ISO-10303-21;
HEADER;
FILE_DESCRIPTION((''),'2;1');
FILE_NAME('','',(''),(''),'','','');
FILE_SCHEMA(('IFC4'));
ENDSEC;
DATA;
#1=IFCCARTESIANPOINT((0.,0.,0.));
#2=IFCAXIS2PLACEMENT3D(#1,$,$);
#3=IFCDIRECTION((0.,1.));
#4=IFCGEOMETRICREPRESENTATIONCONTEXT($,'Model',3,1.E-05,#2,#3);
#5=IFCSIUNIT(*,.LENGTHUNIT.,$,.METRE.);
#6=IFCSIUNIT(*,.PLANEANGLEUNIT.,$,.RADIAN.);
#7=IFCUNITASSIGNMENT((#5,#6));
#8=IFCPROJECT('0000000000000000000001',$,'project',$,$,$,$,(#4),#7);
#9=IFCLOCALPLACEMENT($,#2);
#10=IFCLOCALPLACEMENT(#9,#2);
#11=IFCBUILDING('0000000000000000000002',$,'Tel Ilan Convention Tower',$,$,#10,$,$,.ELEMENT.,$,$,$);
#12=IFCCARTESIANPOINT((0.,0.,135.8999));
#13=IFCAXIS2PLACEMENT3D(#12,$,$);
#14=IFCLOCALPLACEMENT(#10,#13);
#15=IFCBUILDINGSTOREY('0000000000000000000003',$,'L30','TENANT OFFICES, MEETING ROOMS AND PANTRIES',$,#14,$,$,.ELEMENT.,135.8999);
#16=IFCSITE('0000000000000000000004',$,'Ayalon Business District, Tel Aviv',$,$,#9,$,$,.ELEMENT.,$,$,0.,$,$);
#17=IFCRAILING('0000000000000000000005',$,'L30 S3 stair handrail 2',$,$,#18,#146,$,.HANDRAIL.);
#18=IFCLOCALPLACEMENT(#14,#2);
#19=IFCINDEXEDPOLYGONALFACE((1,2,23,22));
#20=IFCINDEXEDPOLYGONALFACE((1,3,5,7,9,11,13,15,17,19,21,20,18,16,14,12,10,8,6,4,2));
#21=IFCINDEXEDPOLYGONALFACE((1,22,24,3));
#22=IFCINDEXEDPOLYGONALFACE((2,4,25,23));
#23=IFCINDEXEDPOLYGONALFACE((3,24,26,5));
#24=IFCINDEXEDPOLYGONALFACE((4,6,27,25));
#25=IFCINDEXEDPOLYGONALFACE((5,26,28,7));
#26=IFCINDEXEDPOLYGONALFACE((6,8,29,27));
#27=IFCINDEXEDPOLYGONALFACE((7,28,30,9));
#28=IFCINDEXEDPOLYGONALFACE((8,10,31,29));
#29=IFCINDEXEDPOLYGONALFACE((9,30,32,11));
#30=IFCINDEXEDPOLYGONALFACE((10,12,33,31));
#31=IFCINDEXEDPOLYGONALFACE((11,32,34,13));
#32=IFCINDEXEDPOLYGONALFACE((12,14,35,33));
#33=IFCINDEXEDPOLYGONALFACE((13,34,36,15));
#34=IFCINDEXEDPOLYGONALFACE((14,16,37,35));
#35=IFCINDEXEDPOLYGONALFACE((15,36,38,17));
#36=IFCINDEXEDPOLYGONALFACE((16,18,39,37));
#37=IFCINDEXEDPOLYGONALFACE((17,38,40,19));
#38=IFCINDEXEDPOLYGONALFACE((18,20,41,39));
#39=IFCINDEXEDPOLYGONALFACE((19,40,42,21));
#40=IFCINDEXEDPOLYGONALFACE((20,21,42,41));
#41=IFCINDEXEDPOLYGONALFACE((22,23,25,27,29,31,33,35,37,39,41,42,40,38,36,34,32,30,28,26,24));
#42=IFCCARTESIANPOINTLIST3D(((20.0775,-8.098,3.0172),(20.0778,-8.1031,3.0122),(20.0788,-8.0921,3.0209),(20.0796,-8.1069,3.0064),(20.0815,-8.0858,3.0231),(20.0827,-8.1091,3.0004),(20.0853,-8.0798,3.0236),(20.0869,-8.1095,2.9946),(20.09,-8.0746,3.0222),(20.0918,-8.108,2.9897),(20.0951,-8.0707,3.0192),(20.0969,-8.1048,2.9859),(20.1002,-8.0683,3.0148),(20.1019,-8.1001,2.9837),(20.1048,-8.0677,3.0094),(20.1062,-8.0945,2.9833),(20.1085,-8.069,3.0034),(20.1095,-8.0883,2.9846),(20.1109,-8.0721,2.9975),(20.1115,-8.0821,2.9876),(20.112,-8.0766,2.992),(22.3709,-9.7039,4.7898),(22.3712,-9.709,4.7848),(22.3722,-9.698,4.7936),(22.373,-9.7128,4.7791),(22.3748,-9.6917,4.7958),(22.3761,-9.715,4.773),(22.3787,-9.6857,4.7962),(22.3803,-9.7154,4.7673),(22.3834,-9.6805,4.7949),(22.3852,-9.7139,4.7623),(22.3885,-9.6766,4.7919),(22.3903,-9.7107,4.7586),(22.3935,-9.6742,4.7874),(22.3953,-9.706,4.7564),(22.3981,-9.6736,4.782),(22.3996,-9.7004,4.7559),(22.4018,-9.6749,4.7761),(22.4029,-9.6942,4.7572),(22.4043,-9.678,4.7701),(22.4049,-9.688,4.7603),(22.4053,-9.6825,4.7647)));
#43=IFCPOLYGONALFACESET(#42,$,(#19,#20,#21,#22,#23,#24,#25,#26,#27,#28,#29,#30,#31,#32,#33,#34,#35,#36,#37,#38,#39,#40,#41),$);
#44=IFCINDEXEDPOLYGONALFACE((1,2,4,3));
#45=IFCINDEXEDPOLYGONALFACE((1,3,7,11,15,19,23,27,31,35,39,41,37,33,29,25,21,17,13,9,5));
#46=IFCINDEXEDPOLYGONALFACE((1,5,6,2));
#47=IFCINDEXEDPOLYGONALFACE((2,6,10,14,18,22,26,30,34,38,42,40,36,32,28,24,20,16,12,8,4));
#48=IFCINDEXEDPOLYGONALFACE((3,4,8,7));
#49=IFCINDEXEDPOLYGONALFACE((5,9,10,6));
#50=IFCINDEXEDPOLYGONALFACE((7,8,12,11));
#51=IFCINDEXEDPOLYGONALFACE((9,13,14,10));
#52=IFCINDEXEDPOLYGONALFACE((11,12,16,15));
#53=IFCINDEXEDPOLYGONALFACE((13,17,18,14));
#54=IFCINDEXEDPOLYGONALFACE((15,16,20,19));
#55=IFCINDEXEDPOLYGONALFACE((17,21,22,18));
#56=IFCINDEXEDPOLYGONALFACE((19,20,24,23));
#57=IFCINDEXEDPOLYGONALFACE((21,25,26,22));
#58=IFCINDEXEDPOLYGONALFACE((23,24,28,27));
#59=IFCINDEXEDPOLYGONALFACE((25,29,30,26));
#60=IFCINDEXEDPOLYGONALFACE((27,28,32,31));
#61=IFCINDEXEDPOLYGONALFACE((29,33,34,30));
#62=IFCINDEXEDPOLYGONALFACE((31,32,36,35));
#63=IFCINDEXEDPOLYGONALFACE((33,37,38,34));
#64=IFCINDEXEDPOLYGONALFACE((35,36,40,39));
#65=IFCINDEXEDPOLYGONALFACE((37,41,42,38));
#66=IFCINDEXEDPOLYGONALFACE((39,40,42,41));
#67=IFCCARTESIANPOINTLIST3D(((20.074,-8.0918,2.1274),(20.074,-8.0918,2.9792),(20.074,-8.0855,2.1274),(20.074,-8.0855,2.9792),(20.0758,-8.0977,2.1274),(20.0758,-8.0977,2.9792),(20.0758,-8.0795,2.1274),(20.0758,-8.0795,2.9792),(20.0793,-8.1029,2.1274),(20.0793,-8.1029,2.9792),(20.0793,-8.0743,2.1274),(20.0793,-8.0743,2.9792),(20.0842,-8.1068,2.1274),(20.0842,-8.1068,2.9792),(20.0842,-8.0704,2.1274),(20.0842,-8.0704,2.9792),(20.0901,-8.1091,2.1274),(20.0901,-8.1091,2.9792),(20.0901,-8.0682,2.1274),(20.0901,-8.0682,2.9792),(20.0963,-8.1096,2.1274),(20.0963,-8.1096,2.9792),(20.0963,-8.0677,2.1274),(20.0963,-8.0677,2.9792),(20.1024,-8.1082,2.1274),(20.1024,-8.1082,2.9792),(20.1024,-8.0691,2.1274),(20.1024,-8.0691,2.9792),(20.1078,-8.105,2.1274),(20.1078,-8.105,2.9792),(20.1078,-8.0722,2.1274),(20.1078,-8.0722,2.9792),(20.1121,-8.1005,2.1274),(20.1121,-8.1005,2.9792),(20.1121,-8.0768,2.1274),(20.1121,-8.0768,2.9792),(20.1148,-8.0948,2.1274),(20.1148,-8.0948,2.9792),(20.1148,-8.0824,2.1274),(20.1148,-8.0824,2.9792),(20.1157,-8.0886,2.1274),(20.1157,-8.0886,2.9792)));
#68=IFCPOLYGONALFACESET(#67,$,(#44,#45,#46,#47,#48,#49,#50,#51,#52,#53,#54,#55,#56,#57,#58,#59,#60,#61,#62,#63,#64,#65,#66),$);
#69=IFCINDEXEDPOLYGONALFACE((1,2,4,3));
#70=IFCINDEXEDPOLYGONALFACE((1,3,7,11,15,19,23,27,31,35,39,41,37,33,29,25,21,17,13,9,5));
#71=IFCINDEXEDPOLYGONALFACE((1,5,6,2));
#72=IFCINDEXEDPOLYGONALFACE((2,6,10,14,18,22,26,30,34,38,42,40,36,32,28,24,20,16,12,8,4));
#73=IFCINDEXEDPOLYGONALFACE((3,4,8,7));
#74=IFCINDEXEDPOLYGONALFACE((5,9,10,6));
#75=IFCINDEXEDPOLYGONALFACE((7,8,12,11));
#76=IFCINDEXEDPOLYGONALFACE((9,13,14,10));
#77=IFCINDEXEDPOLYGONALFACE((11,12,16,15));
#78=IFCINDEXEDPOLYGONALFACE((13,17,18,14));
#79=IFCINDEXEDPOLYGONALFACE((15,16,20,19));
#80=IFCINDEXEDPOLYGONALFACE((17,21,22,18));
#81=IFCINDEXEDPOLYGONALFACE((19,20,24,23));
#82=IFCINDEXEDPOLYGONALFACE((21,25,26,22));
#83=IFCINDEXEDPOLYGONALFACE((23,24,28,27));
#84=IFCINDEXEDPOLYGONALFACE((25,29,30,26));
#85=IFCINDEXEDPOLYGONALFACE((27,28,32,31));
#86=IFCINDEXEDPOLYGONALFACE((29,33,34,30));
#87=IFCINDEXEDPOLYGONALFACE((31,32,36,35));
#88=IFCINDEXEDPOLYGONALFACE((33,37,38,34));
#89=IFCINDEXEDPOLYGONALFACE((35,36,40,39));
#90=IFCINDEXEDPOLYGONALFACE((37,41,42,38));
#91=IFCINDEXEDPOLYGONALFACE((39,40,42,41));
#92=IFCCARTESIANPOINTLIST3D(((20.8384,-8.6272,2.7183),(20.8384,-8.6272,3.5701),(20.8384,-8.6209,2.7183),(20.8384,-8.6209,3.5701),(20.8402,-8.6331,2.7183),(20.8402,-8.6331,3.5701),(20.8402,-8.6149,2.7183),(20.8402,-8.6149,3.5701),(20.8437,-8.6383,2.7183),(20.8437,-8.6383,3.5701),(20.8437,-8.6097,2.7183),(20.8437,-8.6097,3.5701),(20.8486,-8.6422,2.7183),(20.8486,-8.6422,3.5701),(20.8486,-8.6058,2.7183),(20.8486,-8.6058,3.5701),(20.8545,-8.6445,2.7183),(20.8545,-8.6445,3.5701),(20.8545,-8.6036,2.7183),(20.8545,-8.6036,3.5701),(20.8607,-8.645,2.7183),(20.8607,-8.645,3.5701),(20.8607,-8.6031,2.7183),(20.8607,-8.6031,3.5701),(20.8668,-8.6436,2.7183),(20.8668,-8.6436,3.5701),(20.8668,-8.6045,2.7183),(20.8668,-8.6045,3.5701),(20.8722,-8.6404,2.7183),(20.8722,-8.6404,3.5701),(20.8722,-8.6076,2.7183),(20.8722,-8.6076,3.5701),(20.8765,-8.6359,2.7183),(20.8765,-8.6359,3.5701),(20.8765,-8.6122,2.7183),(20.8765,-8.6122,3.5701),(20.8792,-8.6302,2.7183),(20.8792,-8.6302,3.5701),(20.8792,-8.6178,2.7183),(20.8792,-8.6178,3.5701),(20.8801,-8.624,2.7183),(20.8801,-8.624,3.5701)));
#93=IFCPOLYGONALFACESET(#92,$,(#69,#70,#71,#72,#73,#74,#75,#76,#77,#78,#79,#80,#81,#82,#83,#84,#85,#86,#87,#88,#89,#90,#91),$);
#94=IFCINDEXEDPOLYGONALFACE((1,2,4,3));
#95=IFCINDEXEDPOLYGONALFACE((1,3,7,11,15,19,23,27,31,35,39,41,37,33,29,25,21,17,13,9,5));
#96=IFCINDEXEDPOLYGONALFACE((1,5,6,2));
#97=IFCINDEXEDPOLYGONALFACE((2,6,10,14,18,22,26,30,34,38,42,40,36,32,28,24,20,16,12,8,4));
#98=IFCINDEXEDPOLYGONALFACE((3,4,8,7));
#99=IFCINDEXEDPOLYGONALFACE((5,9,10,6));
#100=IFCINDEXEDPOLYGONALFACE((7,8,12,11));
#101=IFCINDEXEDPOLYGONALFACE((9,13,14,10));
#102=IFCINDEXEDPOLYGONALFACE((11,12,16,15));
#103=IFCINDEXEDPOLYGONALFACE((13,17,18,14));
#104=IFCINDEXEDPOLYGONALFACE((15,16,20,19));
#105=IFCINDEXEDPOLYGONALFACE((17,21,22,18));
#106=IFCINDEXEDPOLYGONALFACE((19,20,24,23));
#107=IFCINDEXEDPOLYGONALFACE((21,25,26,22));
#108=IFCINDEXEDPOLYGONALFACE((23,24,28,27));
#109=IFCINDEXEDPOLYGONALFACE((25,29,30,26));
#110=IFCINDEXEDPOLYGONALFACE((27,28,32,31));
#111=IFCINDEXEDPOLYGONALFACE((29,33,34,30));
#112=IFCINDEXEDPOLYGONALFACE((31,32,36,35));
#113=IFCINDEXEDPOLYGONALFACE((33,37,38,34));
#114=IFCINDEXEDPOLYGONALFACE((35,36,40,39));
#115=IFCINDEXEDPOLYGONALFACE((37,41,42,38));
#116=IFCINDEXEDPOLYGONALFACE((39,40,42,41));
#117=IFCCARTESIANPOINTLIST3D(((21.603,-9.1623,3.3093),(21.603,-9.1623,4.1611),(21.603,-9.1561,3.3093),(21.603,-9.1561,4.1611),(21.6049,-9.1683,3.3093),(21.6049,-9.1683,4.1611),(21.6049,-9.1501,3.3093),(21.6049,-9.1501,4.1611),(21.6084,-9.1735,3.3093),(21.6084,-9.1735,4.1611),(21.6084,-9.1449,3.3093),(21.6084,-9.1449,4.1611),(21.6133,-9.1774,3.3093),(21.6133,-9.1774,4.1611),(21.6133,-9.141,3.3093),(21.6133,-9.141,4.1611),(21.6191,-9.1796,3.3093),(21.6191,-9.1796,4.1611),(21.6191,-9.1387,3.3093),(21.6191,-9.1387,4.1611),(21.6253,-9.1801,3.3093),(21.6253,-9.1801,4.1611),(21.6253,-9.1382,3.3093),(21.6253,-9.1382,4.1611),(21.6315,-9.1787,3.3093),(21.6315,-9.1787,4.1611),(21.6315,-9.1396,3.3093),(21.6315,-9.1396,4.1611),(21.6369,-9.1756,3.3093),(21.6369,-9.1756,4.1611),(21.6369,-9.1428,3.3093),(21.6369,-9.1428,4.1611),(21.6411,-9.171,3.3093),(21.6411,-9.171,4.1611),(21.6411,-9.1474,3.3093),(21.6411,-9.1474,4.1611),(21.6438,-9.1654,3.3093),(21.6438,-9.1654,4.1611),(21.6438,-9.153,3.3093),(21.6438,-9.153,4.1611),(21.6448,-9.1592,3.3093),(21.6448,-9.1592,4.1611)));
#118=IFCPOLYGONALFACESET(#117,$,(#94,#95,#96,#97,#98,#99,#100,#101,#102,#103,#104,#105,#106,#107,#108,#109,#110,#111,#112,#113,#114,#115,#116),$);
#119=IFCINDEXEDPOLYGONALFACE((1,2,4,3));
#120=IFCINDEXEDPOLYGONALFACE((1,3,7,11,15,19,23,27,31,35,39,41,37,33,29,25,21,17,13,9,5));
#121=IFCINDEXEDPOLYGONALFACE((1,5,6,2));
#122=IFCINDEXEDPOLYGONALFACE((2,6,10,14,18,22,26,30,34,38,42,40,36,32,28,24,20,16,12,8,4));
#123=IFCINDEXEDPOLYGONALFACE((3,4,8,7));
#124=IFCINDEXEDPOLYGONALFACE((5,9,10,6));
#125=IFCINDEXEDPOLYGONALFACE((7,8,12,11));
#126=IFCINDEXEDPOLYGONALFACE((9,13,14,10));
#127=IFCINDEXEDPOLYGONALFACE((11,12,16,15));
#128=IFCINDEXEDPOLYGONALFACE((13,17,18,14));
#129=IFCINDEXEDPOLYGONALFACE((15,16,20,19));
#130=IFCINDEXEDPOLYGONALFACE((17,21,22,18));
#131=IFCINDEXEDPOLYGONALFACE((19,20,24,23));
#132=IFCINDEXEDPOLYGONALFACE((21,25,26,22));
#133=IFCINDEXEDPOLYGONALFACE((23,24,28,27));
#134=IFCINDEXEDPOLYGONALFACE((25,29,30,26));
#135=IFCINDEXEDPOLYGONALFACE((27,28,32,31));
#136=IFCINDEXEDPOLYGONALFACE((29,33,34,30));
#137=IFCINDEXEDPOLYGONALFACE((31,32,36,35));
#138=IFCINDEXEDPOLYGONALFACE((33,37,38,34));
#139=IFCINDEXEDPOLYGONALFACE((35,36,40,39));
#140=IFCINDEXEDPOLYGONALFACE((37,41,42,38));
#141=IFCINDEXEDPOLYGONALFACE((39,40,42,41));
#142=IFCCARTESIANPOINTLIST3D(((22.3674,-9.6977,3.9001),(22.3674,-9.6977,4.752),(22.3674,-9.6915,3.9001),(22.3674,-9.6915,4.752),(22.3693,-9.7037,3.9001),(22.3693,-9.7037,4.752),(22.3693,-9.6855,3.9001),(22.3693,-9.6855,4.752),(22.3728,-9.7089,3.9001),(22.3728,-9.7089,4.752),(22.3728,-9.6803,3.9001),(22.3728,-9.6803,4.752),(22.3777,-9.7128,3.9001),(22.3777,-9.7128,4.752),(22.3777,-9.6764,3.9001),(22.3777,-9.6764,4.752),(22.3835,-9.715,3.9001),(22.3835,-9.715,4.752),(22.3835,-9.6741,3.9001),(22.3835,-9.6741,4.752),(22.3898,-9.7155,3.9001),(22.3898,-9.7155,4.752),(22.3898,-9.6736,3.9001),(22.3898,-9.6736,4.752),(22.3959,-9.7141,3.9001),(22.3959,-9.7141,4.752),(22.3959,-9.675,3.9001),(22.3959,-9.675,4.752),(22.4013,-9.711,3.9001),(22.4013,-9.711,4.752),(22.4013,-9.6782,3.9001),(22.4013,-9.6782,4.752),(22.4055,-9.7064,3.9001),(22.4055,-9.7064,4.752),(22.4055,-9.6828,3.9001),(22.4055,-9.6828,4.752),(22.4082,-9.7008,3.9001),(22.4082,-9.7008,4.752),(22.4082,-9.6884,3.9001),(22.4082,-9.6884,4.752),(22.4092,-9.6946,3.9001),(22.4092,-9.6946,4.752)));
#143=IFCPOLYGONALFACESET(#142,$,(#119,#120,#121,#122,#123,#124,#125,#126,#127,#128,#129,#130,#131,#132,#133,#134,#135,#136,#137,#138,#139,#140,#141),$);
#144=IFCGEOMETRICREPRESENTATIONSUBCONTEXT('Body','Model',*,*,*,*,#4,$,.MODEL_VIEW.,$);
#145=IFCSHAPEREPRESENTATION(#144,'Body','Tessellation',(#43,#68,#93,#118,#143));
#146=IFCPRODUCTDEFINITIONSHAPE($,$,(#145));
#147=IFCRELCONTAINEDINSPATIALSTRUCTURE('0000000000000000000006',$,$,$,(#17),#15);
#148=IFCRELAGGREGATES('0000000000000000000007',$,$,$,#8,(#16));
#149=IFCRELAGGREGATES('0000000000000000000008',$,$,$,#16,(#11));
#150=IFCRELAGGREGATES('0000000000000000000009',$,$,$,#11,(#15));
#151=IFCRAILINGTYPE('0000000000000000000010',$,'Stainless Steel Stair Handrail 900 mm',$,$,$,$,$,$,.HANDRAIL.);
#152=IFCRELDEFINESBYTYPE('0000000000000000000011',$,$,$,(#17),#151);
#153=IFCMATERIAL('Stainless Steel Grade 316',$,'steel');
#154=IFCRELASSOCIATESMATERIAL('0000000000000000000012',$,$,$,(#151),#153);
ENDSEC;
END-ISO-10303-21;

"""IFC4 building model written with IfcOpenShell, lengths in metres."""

from ifc_helpers import new_model, si_unit, direction, frame, origin, origin_2d, place, context, subcontext, project, spatial, circle, extrude, material, type_object, element, save


model = new_model("IFC4")

# Units and contexts
model_context = context("Model", 3, precision=1e-05, world=origin(), true_north=direction((0.0, 1.0)))
body_context = subcontext(model_context, "Body", "Model", "MODEL_VIEW")
ifc_project = project(units=[si_unit("LENGTHUNIT", "METRE"), si_unit("PLANEANGLEUNIT", "RADIAN")], contexts=[model_context])

# Site, building, storey
site_placement = place(None, origin())
site = spatial("IfcSite", under=ifc_project, at=site_placement, Name="Ayalon Business District, Tel Aviv", CompositionType="ELEMENT", RefElevation=0.0)
building_placement = place(site_placement, origin())
building = spatial("IfcBuilding", under=site, at=building_placement, Name="Tel Ilan Convention Tower", CompositionType="ELEMENT")
storey_placement = place(building_placement, frame((0.0, 0.0, 135.8999)))
storey = spatial("IfcBuildingStorey", under=building, at=storey_placement, Name="L30", Description="TENANT OFFICES, MEETING ROOMS AND PANTRIES", CompositionType="ELEMENT", Elevation=135.8999)

# Railing
ifc_material_1 = material(Name="Stainless Steel Grade 316", Category="steel")
railing_type_1 = type_object("IfcRailingType", Name="Stainless Steel Stair Handrail 900 mm", PredefinedType="HANDRAIL", material=ifc_material_1)
railing_1_placement = place(storey_placement, frame((20.0947, -8.0886, 2.1274)))
element("IfcRailing", 1, at=railing_1_placement, inside=storey, type_object=railing_type_1, Name="L30 S3 stair handrail 2", PredefinedType="HANDRAIL", context=body_context, shape_type="SweptSolid", body=[
    extrude(circle(Radius=0.0239, at=origin_2d()), frame((0.0, 0.0, 0.876), z_axis=(0.692085, -0.484621, 0.53494), x_axis=(0.573591, 0.819142, 0.0)), (0.0, 0.0, 1.0), 3.3137),
    extrude(circle(Radius=0.021, at=origin_2d()), origin(), (0.0, 0.0, 1.0), 0.8518),
    extrude(circle(Radius=0.021, at=origin_2d()), frame((0.7644, -0.5354, 0.5908)), (0.0, 0.0, 1.0), 0.8518),
    extrude(circle(Radius=0.021, at=origin_2d()), frame((1.5291, -1.0706, 1.1819)), (0.0, 0.0, 1.0), 0.8518),
    extrude(circle(Radius=0.021, at=origin_2d()), frame((2.2935, -1.606, 1.7727)), (0.0, 0.0, 1.0), 0.8518),
])

save(model, "model.ifc")
